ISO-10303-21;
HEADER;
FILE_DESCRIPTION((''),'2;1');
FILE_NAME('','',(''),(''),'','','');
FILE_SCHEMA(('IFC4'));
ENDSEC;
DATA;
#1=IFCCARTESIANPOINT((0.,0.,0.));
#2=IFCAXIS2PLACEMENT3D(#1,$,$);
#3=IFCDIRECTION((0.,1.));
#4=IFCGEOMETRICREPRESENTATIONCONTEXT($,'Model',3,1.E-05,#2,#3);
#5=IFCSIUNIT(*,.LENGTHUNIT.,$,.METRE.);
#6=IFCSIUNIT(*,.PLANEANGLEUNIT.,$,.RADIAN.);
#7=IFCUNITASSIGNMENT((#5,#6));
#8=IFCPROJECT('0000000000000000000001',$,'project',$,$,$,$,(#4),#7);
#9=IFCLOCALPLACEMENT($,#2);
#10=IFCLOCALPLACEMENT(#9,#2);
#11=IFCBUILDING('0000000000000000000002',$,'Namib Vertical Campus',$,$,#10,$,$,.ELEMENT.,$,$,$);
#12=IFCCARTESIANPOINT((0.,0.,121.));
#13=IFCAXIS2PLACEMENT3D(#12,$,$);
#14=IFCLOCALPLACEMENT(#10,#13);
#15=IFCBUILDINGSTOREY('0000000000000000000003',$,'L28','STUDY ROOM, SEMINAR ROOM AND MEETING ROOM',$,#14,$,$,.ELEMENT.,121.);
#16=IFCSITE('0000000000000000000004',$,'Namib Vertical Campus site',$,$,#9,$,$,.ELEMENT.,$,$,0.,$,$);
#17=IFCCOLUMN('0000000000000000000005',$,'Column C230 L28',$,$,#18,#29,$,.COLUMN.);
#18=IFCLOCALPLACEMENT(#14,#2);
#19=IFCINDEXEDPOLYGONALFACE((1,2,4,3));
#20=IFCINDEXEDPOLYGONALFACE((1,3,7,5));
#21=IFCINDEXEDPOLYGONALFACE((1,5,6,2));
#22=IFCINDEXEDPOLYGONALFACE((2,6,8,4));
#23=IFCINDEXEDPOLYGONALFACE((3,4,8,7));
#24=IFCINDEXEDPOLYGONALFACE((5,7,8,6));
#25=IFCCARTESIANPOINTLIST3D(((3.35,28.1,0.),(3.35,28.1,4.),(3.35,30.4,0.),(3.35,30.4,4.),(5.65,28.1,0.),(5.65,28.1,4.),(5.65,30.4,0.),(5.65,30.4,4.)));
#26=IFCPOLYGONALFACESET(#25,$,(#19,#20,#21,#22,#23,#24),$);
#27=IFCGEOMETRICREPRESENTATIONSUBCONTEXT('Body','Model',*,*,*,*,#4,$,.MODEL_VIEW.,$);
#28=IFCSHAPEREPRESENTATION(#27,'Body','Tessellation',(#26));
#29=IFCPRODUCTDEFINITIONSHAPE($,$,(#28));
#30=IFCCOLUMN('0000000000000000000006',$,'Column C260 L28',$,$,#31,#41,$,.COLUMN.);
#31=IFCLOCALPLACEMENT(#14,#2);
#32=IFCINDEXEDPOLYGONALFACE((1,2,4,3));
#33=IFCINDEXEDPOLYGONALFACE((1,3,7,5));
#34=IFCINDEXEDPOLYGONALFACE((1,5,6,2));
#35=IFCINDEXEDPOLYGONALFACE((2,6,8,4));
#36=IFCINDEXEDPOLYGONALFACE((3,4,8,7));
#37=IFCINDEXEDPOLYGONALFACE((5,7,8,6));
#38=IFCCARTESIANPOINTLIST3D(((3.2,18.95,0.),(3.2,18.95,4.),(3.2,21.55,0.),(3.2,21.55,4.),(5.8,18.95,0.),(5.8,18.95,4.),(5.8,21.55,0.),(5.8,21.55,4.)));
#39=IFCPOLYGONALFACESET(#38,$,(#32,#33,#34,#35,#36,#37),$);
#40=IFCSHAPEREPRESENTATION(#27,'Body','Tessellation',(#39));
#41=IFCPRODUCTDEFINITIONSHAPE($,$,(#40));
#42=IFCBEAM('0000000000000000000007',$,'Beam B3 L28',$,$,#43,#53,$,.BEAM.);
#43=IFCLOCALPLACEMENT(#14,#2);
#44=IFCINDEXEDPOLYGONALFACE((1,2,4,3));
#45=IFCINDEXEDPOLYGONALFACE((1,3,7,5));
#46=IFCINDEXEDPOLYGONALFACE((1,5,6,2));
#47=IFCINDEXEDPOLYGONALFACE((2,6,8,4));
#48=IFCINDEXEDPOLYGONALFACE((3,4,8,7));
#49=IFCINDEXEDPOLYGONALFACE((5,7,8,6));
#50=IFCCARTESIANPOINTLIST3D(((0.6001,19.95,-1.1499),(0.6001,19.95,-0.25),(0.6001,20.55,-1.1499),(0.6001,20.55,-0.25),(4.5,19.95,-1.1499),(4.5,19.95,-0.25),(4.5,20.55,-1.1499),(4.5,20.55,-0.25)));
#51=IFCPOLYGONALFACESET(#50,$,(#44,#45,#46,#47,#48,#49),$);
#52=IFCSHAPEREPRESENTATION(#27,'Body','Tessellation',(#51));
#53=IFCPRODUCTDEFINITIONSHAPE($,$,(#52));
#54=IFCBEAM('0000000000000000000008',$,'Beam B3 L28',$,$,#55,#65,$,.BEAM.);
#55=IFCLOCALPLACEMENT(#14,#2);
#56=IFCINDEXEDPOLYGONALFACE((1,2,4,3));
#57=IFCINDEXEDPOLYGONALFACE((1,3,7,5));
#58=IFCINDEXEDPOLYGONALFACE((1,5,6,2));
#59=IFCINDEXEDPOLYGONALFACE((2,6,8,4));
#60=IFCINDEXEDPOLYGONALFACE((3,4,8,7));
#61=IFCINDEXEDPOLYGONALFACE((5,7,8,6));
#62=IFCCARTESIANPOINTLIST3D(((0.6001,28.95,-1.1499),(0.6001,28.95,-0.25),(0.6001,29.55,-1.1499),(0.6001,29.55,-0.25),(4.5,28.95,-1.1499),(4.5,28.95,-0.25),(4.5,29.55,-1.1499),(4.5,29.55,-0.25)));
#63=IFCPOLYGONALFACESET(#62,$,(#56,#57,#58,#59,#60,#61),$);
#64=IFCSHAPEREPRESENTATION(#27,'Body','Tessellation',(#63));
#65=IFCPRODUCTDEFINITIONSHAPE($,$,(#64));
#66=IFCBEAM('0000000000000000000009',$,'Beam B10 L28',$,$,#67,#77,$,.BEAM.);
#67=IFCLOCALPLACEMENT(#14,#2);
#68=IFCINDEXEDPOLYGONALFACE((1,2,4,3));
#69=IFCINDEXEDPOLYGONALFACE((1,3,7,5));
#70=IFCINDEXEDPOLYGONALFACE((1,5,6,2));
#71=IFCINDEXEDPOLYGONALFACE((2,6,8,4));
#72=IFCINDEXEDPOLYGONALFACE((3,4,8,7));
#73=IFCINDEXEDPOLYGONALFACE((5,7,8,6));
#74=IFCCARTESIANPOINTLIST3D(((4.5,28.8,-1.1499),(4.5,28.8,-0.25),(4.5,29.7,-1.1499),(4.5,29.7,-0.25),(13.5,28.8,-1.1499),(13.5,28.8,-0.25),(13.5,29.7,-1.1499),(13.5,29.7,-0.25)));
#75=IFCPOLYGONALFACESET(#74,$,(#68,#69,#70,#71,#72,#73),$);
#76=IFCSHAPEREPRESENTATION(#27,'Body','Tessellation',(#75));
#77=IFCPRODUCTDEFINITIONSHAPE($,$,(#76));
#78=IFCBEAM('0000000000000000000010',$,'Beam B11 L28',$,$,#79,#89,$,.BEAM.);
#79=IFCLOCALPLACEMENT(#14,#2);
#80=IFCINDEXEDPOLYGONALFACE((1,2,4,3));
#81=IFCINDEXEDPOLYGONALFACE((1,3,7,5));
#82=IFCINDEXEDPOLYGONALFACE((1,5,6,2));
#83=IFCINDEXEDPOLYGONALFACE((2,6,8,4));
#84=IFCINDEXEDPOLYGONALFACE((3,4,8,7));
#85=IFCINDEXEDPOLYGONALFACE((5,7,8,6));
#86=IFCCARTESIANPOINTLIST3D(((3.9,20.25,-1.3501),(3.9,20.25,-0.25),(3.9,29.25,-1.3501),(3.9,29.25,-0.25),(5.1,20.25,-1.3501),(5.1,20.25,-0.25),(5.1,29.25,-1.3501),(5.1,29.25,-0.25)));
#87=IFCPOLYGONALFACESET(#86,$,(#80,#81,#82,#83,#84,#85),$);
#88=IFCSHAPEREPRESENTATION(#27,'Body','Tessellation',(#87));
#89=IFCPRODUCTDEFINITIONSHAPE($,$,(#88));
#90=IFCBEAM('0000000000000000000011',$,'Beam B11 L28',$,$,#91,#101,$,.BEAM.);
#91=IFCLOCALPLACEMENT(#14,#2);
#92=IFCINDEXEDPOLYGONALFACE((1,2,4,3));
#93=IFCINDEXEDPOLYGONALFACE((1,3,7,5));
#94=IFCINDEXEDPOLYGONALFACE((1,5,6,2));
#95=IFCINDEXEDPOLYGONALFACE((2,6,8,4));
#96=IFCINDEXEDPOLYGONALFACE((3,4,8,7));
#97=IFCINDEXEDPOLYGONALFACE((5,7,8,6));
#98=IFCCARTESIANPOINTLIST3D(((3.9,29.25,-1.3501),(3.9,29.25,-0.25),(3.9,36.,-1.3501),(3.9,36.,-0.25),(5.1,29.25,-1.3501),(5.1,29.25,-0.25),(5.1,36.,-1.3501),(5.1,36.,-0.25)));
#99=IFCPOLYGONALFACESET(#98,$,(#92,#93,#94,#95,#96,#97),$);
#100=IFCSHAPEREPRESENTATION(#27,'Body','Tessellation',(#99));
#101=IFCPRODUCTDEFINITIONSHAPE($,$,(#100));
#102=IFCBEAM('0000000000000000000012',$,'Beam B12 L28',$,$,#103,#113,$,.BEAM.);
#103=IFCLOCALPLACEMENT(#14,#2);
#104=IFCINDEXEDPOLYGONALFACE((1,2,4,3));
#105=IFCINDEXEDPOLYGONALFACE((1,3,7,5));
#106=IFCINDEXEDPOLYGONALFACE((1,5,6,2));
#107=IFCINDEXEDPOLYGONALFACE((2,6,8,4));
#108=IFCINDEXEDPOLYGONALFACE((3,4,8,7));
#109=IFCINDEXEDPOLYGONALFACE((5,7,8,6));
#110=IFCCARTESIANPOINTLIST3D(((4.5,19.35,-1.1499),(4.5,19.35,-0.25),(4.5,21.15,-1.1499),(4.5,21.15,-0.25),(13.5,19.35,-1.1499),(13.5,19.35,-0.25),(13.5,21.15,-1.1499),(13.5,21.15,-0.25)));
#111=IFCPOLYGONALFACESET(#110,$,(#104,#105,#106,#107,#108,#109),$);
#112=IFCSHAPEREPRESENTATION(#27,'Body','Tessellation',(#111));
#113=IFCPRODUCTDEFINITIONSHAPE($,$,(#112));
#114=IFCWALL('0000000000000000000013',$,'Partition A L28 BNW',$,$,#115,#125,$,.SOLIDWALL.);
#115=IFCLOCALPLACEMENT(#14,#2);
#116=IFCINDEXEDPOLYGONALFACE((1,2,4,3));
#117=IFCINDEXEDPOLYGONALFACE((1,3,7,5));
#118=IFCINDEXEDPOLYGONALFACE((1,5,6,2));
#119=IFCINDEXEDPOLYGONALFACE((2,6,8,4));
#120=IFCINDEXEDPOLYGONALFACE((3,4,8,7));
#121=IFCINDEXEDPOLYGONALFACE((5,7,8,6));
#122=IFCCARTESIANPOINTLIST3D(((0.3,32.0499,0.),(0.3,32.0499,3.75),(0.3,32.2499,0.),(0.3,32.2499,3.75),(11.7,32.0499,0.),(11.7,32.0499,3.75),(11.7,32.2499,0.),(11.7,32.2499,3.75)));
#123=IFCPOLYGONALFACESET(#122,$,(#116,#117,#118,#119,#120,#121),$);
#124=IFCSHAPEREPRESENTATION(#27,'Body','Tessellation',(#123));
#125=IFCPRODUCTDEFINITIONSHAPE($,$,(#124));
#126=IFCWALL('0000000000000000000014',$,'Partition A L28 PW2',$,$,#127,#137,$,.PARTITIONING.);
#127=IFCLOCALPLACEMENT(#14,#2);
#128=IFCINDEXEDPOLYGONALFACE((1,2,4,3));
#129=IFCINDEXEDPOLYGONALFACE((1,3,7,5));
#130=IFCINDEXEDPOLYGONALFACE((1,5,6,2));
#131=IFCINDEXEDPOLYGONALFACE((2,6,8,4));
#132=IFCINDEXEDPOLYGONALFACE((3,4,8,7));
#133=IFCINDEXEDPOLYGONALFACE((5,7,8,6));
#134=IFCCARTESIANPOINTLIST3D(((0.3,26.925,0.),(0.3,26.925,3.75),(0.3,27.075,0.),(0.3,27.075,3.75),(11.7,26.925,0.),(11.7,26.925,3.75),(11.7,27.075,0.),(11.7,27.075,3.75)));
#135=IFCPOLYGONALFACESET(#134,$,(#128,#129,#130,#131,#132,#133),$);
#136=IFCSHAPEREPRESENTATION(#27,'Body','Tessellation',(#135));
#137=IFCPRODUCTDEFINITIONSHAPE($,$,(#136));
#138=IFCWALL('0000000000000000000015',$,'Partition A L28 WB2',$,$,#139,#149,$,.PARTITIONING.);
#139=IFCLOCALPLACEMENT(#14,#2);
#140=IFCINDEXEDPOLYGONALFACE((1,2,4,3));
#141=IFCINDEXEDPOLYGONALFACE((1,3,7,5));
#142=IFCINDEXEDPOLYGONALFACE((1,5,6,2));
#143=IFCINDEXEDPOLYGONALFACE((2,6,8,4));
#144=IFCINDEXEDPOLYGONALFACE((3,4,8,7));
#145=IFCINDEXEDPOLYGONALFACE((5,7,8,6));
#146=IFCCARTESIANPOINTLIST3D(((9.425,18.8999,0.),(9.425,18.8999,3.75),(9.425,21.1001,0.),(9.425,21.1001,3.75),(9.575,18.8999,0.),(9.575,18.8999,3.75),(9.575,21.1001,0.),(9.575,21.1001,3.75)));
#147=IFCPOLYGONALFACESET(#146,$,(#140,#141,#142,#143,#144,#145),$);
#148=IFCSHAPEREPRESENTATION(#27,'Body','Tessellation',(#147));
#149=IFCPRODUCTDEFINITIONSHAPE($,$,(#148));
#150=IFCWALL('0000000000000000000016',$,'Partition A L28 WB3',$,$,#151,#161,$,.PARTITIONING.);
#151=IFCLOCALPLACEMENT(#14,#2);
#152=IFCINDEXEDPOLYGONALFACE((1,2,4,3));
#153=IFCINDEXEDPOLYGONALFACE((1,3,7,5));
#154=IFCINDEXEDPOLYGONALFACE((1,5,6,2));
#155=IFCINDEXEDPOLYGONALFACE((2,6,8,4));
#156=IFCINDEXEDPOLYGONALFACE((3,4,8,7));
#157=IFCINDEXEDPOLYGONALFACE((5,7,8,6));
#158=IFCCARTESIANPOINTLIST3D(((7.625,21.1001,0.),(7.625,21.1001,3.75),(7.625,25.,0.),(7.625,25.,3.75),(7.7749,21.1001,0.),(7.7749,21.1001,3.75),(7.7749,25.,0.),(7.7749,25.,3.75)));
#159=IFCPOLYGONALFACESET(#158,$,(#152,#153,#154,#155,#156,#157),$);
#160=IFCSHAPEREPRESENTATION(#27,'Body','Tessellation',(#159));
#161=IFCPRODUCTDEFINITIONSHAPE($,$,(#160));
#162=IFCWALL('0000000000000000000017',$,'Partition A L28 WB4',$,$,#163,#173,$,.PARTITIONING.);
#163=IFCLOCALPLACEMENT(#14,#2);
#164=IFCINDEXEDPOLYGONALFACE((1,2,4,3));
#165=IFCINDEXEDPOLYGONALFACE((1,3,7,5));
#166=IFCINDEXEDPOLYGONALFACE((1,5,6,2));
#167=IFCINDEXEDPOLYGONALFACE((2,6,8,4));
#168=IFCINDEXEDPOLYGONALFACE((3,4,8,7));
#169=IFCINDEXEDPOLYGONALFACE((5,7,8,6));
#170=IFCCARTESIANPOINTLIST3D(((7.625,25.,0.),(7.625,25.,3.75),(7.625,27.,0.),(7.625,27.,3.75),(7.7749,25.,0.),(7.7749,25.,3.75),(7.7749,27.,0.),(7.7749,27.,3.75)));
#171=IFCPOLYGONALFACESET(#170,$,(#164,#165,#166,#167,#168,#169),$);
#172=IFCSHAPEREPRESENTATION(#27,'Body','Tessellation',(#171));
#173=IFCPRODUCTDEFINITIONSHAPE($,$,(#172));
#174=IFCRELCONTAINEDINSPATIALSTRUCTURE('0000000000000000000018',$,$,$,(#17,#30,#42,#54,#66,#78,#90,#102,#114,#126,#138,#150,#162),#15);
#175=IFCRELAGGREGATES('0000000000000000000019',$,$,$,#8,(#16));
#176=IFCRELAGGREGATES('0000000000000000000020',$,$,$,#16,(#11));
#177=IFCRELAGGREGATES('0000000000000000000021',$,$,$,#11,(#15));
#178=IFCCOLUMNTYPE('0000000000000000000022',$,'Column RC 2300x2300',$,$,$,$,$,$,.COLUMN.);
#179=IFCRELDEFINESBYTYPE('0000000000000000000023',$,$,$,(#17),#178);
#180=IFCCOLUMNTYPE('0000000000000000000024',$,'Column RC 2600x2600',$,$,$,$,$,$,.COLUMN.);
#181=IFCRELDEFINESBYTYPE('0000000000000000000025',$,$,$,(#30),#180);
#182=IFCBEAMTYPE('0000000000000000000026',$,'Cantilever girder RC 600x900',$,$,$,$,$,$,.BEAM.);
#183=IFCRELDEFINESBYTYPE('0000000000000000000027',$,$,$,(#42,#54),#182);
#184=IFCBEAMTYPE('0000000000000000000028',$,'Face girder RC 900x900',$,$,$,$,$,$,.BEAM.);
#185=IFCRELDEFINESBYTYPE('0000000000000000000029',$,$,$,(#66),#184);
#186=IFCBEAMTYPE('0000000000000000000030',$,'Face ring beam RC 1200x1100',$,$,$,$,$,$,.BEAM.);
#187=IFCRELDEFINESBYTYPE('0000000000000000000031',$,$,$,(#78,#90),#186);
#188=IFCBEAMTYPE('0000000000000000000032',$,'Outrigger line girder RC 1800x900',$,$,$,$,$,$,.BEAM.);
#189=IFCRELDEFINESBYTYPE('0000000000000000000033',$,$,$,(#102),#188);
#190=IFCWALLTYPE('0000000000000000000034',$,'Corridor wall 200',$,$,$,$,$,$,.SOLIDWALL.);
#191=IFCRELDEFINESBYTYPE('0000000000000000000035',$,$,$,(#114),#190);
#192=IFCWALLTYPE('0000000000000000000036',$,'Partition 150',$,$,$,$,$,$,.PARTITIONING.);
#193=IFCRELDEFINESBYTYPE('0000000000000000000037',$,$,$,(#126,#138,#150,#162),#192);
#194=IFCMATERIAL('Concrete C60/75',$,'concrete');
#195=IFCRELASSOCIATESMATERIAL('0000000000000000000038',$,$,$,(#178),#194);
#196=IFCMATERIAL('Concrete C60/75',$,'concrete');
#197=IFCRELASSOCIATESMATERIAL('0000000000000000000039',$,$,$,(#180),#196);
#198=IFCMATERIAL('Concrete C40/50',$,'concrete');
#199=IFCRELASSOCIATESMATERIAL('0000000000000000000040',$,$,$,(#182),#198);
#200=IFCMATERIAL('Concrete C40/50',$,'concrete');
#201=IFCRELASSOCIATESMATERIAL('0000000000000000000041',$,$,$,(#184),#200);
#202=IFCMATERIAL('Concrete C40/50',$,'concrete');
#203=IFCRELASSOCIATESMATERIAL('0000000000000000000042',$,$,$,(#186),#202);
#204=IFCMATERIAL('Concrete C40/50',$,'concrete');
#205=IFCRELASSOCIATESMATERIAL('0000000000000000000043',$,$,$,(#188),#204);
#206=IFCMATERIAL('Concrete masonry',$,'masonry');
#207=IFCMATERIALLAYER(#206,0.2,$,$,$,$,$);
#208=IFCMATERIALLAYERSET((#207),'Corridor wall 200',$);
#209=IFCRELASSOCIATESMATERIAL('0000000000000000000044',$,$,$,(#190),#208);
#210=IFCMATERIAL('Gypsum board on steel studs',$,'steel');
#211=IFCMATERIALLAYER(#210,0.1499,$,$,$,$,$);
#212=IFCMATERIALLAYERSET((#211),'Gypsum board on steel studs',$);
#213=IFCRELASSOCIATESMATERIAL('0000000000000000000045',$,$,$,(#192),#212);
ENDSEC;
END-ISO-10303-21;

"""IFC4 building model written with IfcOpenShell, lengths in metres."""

from ifc_helpers import new_model, si_unit, direction, frame, frame_2d, origin, origin_2d, place, context, subcontext, project, spatial, rectangle, extrude, material, layer, layer_set, material_profile, profile_set, type_object, element, save


model = new_model("IFC4")

# Units and contexts
model_context = context("Model", 3, precision=1e-05, world=origin(), true_north=direction((0.0, 1.0)))
body_context = subcontext(model_context, "Body", "Model", "MODEL_VIEW")
ifc_project = project(units=[si_unit("LENGTHUNIT", "METRE"), si_unit("PLANEANGLEUNIT", "RADIAN")], contexts=[model_context])

# Site, building, storey
site_placement = place(None, origin())
site = spatial("IfcSite", under=ifc_project, at=site_placement, Name="Namib Vertical Campus site", CompositionType="ELEMENT", RefElevation=0.0)
building_placement = place(site_placement, origin())
building = spatial("IfcBuilding", under=site, at=building_placement, Name="Namib Vertical Campus", CompositionType="ELEMENT")
storey_placement = place(building_placement, frame((0.0, 0.0, 121.0)))
storey = spatial("IfcBuildingStorey", under=building, at=storey_placement, Name="L28", Description="STUDY ROOM, SEMINAR ROOM AND MEETING ROOM", CompositionType="ELEMENT", Elevation=121.0)

# Columns
ifc_material_1 = material(Name="Concrete C60/75", Category="concrete")
ifc_material_profile_1 = material_profile(ifc_material_1, rectangle(XDim=2.3, YDim=2.3, at=origin_2d()))
ifc_profile_set_1 = profile_set([ifc_material_profile_1], Name="Concrete C60/75")
column_type_1 = type_object("IfcColumnType", Name="Column RC 2300x2300", PredefinedType="COLUMN", material=ifc_profile_set_1)
column_1_placement = place(storey_placement, frame((4.5, 29.25, 0.0), z_axis=(0.0, 0.0, 1.0), x_axis=(1.0, 0.0, 0.0)))
element("IfcColumn", 1, at=column_1_placement, inside=storey, type_object=column_type_1, Name="Column C230 L28", PredefinedType="COLUMN", context=body_context, shape_type="SweptSolid", body=[
    extrude(rectangle(XDim=2.3, YDim=2.3, at=origin_2d()), origin(), (0.0, 0.0, 1.0), 4.0),
])
ifc_material_2 = material(Name="Concrete C60/75", Category="concrete")
ifc_material_profile_2 = material_profile(ifc_material_2, rectangle(XDim=2.6001, YDim=2.6001, at=origin_2d()))
ifc_profile_set_2 = profile_set([ifc_material_profile_2], Name="Concrete C60/75")
column_type_2 = type_object("IfcColumnType", Name="Column RC 2600x2600", PredefinedType="COLUMN", material=ifc_profile_set_2)
column_2_placement = place(storey_placement, frame((4.5, 20.25, 0.0), z_axis=(0.0, 0.0, 1.0), x_axis=(1.0, 0.0, 0.0)))
element("IfcColumn", 2, at=column_2_placement, inside=storey, type_object=column_type_2, Name="Column C260 L28", PredefinedType="COLUMN", context=body_context, shape_type="SweptSolid", body=[
    extrude(rectangle(XDim=2.6001, YDim=2.6001, at=origin_2d()), origin(), (0.0, 0.0, 1.0), 4.0),
])

# Beams
ifc_material_3 = material(Name="Concrete C40/50", Category="concrete")
ifc_material_profile_3 = material_profile(ifc_material_3, rectangle(XDim=0.6001, YDim=0.8999, at=origin_2d()))
ifc_profile_set_3 = profile_set([ifc_material_profile_3], Name="Concrete C40/50")
beam_type_1 = type_object("IfcBeamType", Name="Cantilever girder RC 600x900", PredefinedType="BEAM", material=ifc_profile_set_3)
for number, where, z_axis, x_axis, name in (
    (3, (4.5, 20.25, -0.7), (-1.0, 0.0, 0.0), (0.0, -1.0, 0.0), "Beam B3 L28"),
    (4, (4.5, 29.25, -0.7), (-1.0, 0.0, 0.0), (0.0, -1.0, 0.0), "Beam B3 L28"),
):
    element("IfcBeam", number, at=place(storey_placement, frame(where, z_axis=z_axis, x_axis=x_axis)), inside=storey, type_object=beam_type_1, Name=name, PredefinedType="BEAM", context=body_context, shape_type="SweptSolid", body=[
        extrude(rectangle(XDim=0.6001, YDim=0.8999, at=origin_2d()), origin(), (0.0, 0.0, 1.0), 3.8999),
    ])
ifc_material_4 = material(Name="Concrete C40/50", Category="concrete")
ifc_material_profile_4 = material_profile(ifc_material_4, rectangle(XDim=0.8999, YDim=0.8999, at=origin_2d()))
ifc_profile_set_4 = profile_set([ifc_material_profile_4], Name="Concrete C40/50")
beam_type_2 = type_object("IfcBeamType", Name="Face girder RC 900x900", PredefinedType="BEAM", material=ifc_profile_set_4)
beam_1_placement = place(storey_placement, frame((4.5, 29.25, -0.7), z_axis=(1.0, 0.0, 0.0), x_axis=(0.0, 1.0, 0.0)))
element("IfcBeam", 5, at=beam_1_placement, inside=storey, type_object=beam_type_2, Name="Beam B10 L28", PredefinedType="BEAM", context=body_context, shape_type="SweptSolid", body=[
    extrude(rectangle(XDim=0.8999, YDim=0.8999, at=origin_2d()), origin(), (0.0, 0.0, 1.0), 9.0),
])
ifc_material_5 = material(Name="Concrete C40/50", Category="concrete")
ifc_material_profile_5 = material_profile(ifc_material_5, rectangle(XDim=1.2, YDim=1.1001, at=origin_2d()))
ifc_profile_set_5 = profile_set([ifc_material_profile_5], Name="Concrete C40/50")
beam_type_3 = type_object("IfcBeamType", Name="Face ring beam RC 1200x1100", PredefinedType="BEAM", material=ifc_profile_set_5)
beam_2_placement = place(storey_placement, frame((4.5, 20.25, -0.8), z_axis=(0.0, 1.0, 0.0), x_axis=(-1.0, 0.0, 0.0)))
element("IfcBeam", 6, at=beam_2_placement, inside=storey, type_object=beam_type_3, Name="Beam B11 L28", PredefinedType="BEAM", context=body_context, shape_type="SweptSolid", body=[
    extrude(rectangle(XDim=1.2, YDim=1.1001, at=origin_2d()), origin(), (0.0, 0.0, 1.0), 9.0),
])
beam_3_placement = place(storey_placement, frame((4.5, 29.25, -0.8), z_axis=(0.0, 1.0, 0.0), x_axis=(-1.0, 0.0, 0.0)))
element("IfcBeam", 7, at=beam_3_placement, inside=storey, type_object=beam_type_3, Name="Beam B11 L28", PredefinedType="BEAM", context=body_context, shape_type="SweptSolid", body=[
    extrude(rectangle(XDim=1.2, YDim=1.1001, at=origin_2d()), origin(), (0.0, 0.0, 1.0), 6.75),
])
ifc_material_6 = material(Name="Concrete C40/50", Category="concrete")
ifc_material_profile_6 = material_profile(ifc_material_6, rectangle(XDim=1.8, YDim=0.8999, at=origin_2d()))
ifc_profile_set_6 = profile_set([ifc_material_profile_6], Name="Concrete C40/50")
beam_type_4 = type_object("IfcBeamType", Name="Outrigger line girder RC 1800x900", PredefinedType="BEAM", material=ifc_profile_set_6)
beam_4_placement = place(storey_placement, frame((4.5, 20.25, -0.7), z_axis=(1.0, 0.0, 0.0), x_axis=(0.0, 1.0, 0.0)))
element("IfcBeam", 8, at=beam_4_placement, inside=storey, type_object=beam_type_4, Name="Beam B12 L28", PredefinedType="BEAM", context=body_context, shape_type="SweptSolid", body=[
    extrude(rectangle(XDim=1.8, YDim=0.8999, at=origin_2d()), origin(), (0.0, 0.0, 1.0), 9.0),
])

# Walls
ifc_material_7 = material(Name="Concrete masonry", Category="masonry")
ifc_layer_1 = layer(ifc_material_7, 0.2)
ifc_layer_set_1 = layer_set([ifc_layer_1], Name="Corridor wall 200")
wall_type_1 = type_object("IfcWallType", Name="Corridor wall 200", PredefinedType="SOLIDWALL", material=ifc_layer_set_1)
wall_1_placement = place(storey_placement, frame((0.3, 32.1499, 0.0), z_axis=(0.0, 0.0, 1.0), x_axis=(1.0, 0.0, 0.0)))
element("IfcWall", 9, at=wall_1_placement, inside=storey, type_object=wall_type_1, Name="Partition A L28 BNW", PredefinedType="SOLIDWALL", context=body_context, shape_type="SweptSolid", body=[
    extrude(rectangle(XDim=11.3999, YDim=0.2, at=frame_2d((5.7, 0.0))), origin(), (0.0, 0.0, 1.0), 3.75),
])
ifc_material_8 = material(Name="Gypsum board on steel studs", Category="steel")
ifc_layer_2 = layer(ifc_material_8, 0.1499)
ifc_layer_set_2 = layer_set([ifc_layer_2], Name="Gypsum board on steel studs")
wall_type_2 = type_object("IfcWallType", Name="Partition 150", PredefinedType="PARTITIONING", material=ifc_layer_set_2)
wall_2_placement = place(storey_placement, frame((0.3, 27.0, 0.0), z_axis=(0.0, 0.0, 1.0), x_axis=(1.0, 0.0, 0.0)))
element("IfcWall", 10, at=wall_2_placement, inside=storey, type_object=wall_type_2, Name="Partition A L28 PW2", PredefinedType="PARTITIONING", context=body_context, shape_type="SweptSolid", body=[
    extrude(rectangle(XDim=11.3999, YDim=0.1499, at=frame_2d((5.7, 0.0))), origin(), (0.0, 0.0, 1.0), 3.75),
])
wall_3_placement = place(storey_placement, frame((9.5, 18.8999, 0.0), z_axis=(0.0, 0.0, 1.0), x_axis=(0.0, 1.0, 0.0)))
element("IfcWall", 11, at=wall_3_placement, inside=storey, type_object=wall_type_2, Name="Partition A L28 WB2", PredefinedType="PARTITIONING", context=body_context, shape_type="SweptSolid", body=[
    extrude(rectangle(XDim=2.2002, YDim=0.1499, at=frame_2d((1.1001, 0.0))), origin(), (0.0, 0.0, 1.0), 3.75),
])
wall_4_placement = place(storey_placement, frame((7.7, 21.1001, 0.0), z_axis=(0.0, 0.0, 1.0), x_axis=(0.0, 1.0, 0.0)))
element("IfcWall", 12, at=wall_4_placement, inside=storey, type_object=wall_type_2, Name="Partition A L28 WB3", PredefinedType="PARTITIONING", context=body_context, shape_type="SweptSolid", body=[
    extrude(rectangle(XDim=3.8999, YDim=0.1499, at=frame_2d((1.95, 0.0))), origin(), (0.0, 0.0, 1.0), 3.75),
])
wall_5_placement = place(storey_placement, frame((7.7, 25.0, 0.0), z_axis=(0.0, 0.0, 1.0), x_axis=(0.0, 1.0, 0.0)))
element("IfcWall", 13, at=wall_5_placement, inside=storey, type_object=wall_type_2, Name="Partition A L28 WB4", PredefinedType="PARTITIONING", context=body_context, shape_type="SweptSolid", body=[
    extrude(rectangle(XDim=2.0, YDim=0.1499, at=frame_2d((1.0, 0.0))), origin(), (0.0, 0.0, 1.0), 3.75),
])

save(model, "model.ifc")
